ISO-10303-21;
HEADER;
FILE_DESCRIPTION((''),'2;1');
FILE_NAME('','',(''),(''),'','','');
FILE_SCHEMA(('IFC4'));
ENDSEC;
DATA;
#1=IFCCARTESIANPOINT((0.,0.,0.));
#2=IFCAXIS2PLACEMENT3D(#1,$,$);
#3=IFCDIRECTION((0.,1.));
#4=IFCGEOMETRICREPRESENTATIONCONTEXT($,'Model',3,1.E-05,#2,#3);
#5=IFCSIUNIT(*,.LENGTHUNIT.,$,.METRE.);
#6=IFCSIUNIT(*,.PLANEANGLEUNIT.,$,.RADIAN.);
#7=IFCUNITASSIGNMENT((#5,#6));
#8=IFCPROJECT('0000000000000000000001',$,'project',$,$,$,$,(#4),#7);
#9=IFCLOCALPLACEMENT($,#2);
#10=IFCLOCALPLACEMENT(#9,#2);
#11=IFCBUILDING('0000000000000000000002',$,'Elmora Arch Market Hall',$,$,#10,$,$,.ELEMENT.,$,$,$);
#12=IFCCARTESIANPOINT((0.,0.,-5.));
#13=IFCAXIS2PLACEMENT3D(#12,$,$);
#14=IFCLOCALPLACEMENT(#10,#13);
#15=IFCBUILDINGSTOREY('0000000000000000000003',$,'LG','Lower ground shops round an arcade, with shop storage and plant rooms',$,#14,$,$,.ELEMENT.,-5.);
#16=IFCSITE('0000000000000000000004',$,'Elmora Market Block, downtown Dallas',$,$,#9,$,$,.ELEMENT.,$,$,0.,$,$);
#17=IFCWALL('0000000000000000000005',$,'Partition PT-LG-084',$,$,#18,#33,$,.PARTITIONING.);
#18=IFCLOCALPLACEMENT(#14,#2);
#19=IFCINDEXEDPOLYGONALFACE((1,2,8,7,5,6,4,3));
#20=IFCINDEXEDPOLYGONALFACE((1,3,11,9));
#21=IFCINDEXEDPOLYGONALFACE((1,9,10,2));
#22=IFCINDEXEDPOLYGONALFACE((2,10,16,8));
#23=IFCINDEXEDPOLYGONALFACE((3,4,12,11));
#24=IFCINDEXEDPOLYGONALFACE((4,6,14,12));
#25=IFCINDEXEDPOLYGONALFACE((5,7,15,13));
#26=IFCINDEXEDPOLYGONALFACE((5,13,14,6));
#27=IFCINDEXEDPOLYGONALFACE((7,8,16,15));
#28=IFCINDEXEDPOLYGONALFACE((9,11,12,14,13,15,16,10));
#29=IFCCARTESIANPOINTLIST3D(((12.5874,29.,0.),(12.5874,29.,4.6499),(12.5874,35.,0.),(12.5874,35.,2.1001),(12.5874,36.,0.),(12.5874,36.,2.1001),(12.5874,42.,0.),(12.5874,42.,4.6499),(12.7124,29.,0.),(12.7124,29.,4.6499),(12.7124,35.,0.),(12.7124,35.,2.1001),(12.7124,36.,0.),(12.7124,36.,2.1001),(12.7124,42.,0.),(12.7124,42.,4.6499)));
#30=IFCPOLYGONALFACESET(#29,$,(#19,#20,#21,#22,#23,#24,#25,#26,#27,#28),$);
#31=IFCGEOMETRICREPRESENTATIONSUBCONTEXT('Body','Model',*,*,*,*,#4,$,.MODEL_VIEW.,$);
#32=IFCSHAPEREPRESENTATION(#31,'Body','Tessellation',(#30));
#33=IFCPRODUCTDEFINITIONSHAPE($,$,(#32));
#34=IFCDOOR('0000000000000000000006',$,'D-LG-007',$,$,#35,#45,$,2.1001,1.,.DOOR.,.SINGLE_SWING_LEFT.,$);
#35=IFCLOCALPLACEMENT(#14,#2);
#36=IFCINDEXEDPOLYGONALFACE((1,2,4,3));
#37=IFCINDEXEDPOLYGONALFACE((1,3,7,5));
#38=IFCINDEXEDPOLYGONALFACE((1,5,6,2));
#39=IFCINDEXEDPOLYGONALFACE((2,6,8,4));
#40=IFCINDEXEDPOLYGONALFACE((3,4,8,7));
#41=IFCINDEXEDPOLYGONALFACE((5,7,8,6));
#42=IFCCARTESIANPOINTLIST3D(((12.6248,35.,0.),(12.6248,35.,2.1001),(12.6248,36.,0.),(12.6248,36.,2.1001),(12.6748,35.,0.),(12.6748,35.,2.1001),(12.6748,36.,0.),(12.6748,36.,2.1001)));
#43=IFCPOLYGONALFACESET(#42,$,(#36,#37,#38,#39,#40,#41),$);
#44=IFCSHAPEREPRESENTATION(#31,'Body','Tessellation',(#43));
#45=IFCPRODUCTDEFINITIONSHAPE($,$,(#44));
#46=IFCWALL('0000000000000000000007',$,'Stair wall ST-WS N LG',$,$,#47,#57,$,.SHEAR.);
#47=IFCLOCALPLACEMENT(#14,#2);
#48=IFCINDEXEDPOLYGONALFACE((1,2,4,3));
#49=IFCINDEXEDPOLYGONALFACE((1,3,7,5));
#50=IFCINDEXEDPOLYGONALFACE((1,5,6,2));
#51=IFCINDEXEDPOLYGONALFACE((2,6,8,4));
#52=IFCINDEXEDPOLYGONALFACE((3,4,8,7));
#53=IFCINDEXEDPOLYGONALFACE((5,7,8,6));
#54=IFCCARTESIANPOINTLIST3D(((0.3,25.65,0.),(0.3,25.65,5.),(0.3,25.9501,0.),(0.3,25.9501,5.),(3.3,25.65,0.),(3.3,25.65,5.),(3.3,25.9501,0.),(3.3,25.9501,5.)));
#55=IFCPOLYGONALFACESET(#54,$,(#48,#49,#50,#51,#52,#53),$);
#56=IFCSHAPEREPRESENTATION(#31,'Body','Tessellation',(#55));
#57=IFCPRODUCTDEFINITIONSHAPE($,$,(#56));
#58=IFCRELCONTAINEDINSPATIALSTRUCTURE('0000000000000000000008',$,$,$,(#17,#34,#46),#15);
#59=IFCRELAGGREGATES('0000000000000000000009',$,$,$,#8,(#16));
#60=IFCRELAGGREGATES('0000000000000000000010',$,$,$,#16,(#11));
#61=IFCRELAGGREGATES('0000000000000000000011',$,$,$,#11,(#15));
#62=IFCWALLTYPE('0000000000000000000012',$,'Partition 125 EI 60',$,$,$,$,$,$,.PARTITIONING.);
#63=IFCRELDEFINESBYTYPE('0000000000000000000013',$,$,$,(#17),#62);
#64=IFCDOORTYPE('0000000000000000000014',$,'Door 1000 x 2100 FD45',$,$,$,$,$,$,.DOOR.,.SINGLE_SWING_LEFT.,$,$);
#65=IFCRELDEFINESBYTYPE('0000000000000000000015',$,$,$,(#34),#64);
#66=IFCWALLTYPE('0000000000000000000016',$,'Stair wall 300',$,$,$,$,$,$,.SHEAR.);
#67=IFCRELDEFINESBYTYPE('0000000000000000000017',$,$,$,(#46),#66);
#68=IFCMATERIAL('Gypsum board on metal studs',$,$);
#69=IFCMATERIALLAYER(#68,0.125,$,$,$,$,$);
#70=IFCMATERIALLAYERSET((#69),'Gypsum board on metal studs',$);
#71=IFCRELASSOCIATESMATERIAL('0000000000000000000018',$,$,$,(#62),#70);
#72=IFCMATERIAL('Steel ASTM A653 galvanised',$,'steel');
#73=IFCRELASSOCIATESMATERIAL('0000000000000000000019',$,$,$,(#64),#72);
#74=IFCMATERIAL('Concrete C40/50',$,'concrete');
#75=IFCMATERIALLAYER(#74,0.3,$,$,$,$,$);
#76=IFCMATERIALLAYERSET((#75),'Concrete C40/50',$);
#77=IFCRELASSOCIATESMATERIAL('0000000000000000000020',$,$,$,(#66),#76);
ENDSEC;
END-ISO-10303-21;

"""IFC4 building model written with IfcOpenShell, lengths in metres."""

from ifc_helpers import new_model, si_unit, direction, frame, frame_2d, origin, place, context, subcontext, project, spatial, rectangle, extrude, material, layer, layer_set, type_object, element, fill, save


model = new_model("IFC4")

# Units and contexts
model_context = context("Model", 3, precision=1e-05, world=origin(), true_north=direction((0.0, 1.0)))
body_context = subcontext(model_context, "Body", "Model", "MODEL_VIEW")
ifc_project = project(units=[si_unit("LENGTHUNIT", "METRE"), si_unit("PLANEANGLEUNIT", "RADIAN")], contexts=[model_context])

# Site, building, storey
site_placement = place(None, origin())
site = spatial("IfcSite", under=ifc_project, at=site_placement, Name="Elmora Market Block, downtown Dallas", CompositionType="ELEMENT", RefElevation=0.0)
building_placement = place(site_placement, origin())
building = spatial("IfcBuilding", under=site, at=building_placement, Name="Elmora Arch Market Hall", CompositionType="ELEMENT")
storey_placement = place(building_placement, frame((0.0, 0.0, -5.0)))
storey = spatial("IfcBuildingStorey", under=building, at=storey_placement, Name="LG", Description="Lower ground shops round an arcade, with shop storage and plant rooms", CompositionType="ELEMENT", Elevation=-5.0)

# Shared definitions
ifc_material_1 = material(Name="Gypsum board on metal studs")
ifc_layer_1 = layer(ifc_material_1, 0.125)
ifc_layer_set_1 = layer_set([ifc_layer_1], Name="Gypsum board on metal studs")
wall_type_1 = type_object("IfcWallType", Name="Partition 125 EI 60", PredefinedType="PARTITIONING", material=ifc_layer_set_1)

# Wall, opening, door
ifc_material_2 = material(Name="Steel ASTM A653 galvanised", Category="steel")
door_type = type_object("IfcDoorType", Name="Door 1000 x 2100 FD45", OperationType="SINGLE_SWING_LEFT", PredefinedType="DOOR", material=ifc_material_2)
wall_1_placement = place(storey_placement, frame((12.6499, 29.0, 0.0), z_axis=(0.0, 0.0, 1.0), x_axis=(0.0, 1.0, 0.0)))
wall_1 = element("IfcWall", 1, at=wall_1_placement, inside=storey, type_object=wall_type_1, Name="Partition PT-LG-084", PredefinedType="PARTITIONING", context=body_context, shape_type="SweptSolid", body=[
    extrude(rectangle(XDim=13.0, YDim=0.125, at=frame_2d((6.5, 0.0))), origin(), (0.0, 0.0, 1.0), 4.6499),
])
opening_1_placement = place(wall_1_placement, frame((6.0, 0.0, 0.0)))
opening_1 = element("IfcOpeningElement", 2, at=opening_1_placement, cuts=wall_1, PredefinedType="OPENING", context=body_context, shape_type="SweptSolid", body=[
    extrude(rectangle(XDim=1.0, YDim=2.1001, at=frame_2d((0.5, 1.05))), frame((0.0, 0.0725, 0.0), z_axis=(0.0, -1.0, 0.0), x_axis=(1.0, 0.0, 0.0)), (0.0, 0.0, 1.0), 0.145),
])
door_1_placement = place(opening_1_placement, frame((1.0, 0.0, 0.0), z_axis=(0.0, 0.0, 1.0), x_axis=(-1.0, 0.0, 0.0)))
door_1 = element("IfcDoor", 3, at=door_1_placement, inside=storey, type_object=door_type, Name="D-LG-007", OperationType="SINGLE_SWING_LEFT", OverallHeight=2.1001, OverallWidth=1.0, PredefinedType="DOOR", context=body_context, shape_type="SweptSolid", body=[
    extrude(rectangle(XDim=1.0, YDim=2.1001, at=frame_2d((0.5, 1.05))), frame((0.0, 0.0249, 0.0), z_axis=(0.0, -1.0, 0.0), x_axis=(1.0, 0.0, 0.0)), (0.0, 0.0, 1.0), 0.05),
])
fill(opening_1, door_1)

# Wall
ifc_material_3 = material(Name="Concrete C40/50", Category="concrete")
ifc_layer_2 = layer(ifc_material_3, 0.3)
ifc_layer_set_2 = layer_set([ifc_layer_2], Name="Concrete C40/50")
wall_type_2 = type_object("IfcWallType", Name="Stair wall 300", PredefinedType="SHEAR", material=ifc_layer_set_2)
wall_2_placement = place(storey_placement, frame((0.3, 25.8, 0.0), z_axis=(0.0, 0.0, 1.0), x_axis=(1.0, 0.0, 0.0)))
element("IfcWall", 4, at=wall_2_placement, inside=storey, type_object=wall_type_2, Name="Stair wall ST-WS N LG", PredefinedType="SHEAR", context=body_context, shape_type="SweptSolid", body=[
    extrude(rectangle(XDim=3.0, YDim=0.3, at=frame_2d((1.5, 0.0))), origin(), (0.0, 0.0, 1.0), 5.0),
])

save(model, "model.ifc")
